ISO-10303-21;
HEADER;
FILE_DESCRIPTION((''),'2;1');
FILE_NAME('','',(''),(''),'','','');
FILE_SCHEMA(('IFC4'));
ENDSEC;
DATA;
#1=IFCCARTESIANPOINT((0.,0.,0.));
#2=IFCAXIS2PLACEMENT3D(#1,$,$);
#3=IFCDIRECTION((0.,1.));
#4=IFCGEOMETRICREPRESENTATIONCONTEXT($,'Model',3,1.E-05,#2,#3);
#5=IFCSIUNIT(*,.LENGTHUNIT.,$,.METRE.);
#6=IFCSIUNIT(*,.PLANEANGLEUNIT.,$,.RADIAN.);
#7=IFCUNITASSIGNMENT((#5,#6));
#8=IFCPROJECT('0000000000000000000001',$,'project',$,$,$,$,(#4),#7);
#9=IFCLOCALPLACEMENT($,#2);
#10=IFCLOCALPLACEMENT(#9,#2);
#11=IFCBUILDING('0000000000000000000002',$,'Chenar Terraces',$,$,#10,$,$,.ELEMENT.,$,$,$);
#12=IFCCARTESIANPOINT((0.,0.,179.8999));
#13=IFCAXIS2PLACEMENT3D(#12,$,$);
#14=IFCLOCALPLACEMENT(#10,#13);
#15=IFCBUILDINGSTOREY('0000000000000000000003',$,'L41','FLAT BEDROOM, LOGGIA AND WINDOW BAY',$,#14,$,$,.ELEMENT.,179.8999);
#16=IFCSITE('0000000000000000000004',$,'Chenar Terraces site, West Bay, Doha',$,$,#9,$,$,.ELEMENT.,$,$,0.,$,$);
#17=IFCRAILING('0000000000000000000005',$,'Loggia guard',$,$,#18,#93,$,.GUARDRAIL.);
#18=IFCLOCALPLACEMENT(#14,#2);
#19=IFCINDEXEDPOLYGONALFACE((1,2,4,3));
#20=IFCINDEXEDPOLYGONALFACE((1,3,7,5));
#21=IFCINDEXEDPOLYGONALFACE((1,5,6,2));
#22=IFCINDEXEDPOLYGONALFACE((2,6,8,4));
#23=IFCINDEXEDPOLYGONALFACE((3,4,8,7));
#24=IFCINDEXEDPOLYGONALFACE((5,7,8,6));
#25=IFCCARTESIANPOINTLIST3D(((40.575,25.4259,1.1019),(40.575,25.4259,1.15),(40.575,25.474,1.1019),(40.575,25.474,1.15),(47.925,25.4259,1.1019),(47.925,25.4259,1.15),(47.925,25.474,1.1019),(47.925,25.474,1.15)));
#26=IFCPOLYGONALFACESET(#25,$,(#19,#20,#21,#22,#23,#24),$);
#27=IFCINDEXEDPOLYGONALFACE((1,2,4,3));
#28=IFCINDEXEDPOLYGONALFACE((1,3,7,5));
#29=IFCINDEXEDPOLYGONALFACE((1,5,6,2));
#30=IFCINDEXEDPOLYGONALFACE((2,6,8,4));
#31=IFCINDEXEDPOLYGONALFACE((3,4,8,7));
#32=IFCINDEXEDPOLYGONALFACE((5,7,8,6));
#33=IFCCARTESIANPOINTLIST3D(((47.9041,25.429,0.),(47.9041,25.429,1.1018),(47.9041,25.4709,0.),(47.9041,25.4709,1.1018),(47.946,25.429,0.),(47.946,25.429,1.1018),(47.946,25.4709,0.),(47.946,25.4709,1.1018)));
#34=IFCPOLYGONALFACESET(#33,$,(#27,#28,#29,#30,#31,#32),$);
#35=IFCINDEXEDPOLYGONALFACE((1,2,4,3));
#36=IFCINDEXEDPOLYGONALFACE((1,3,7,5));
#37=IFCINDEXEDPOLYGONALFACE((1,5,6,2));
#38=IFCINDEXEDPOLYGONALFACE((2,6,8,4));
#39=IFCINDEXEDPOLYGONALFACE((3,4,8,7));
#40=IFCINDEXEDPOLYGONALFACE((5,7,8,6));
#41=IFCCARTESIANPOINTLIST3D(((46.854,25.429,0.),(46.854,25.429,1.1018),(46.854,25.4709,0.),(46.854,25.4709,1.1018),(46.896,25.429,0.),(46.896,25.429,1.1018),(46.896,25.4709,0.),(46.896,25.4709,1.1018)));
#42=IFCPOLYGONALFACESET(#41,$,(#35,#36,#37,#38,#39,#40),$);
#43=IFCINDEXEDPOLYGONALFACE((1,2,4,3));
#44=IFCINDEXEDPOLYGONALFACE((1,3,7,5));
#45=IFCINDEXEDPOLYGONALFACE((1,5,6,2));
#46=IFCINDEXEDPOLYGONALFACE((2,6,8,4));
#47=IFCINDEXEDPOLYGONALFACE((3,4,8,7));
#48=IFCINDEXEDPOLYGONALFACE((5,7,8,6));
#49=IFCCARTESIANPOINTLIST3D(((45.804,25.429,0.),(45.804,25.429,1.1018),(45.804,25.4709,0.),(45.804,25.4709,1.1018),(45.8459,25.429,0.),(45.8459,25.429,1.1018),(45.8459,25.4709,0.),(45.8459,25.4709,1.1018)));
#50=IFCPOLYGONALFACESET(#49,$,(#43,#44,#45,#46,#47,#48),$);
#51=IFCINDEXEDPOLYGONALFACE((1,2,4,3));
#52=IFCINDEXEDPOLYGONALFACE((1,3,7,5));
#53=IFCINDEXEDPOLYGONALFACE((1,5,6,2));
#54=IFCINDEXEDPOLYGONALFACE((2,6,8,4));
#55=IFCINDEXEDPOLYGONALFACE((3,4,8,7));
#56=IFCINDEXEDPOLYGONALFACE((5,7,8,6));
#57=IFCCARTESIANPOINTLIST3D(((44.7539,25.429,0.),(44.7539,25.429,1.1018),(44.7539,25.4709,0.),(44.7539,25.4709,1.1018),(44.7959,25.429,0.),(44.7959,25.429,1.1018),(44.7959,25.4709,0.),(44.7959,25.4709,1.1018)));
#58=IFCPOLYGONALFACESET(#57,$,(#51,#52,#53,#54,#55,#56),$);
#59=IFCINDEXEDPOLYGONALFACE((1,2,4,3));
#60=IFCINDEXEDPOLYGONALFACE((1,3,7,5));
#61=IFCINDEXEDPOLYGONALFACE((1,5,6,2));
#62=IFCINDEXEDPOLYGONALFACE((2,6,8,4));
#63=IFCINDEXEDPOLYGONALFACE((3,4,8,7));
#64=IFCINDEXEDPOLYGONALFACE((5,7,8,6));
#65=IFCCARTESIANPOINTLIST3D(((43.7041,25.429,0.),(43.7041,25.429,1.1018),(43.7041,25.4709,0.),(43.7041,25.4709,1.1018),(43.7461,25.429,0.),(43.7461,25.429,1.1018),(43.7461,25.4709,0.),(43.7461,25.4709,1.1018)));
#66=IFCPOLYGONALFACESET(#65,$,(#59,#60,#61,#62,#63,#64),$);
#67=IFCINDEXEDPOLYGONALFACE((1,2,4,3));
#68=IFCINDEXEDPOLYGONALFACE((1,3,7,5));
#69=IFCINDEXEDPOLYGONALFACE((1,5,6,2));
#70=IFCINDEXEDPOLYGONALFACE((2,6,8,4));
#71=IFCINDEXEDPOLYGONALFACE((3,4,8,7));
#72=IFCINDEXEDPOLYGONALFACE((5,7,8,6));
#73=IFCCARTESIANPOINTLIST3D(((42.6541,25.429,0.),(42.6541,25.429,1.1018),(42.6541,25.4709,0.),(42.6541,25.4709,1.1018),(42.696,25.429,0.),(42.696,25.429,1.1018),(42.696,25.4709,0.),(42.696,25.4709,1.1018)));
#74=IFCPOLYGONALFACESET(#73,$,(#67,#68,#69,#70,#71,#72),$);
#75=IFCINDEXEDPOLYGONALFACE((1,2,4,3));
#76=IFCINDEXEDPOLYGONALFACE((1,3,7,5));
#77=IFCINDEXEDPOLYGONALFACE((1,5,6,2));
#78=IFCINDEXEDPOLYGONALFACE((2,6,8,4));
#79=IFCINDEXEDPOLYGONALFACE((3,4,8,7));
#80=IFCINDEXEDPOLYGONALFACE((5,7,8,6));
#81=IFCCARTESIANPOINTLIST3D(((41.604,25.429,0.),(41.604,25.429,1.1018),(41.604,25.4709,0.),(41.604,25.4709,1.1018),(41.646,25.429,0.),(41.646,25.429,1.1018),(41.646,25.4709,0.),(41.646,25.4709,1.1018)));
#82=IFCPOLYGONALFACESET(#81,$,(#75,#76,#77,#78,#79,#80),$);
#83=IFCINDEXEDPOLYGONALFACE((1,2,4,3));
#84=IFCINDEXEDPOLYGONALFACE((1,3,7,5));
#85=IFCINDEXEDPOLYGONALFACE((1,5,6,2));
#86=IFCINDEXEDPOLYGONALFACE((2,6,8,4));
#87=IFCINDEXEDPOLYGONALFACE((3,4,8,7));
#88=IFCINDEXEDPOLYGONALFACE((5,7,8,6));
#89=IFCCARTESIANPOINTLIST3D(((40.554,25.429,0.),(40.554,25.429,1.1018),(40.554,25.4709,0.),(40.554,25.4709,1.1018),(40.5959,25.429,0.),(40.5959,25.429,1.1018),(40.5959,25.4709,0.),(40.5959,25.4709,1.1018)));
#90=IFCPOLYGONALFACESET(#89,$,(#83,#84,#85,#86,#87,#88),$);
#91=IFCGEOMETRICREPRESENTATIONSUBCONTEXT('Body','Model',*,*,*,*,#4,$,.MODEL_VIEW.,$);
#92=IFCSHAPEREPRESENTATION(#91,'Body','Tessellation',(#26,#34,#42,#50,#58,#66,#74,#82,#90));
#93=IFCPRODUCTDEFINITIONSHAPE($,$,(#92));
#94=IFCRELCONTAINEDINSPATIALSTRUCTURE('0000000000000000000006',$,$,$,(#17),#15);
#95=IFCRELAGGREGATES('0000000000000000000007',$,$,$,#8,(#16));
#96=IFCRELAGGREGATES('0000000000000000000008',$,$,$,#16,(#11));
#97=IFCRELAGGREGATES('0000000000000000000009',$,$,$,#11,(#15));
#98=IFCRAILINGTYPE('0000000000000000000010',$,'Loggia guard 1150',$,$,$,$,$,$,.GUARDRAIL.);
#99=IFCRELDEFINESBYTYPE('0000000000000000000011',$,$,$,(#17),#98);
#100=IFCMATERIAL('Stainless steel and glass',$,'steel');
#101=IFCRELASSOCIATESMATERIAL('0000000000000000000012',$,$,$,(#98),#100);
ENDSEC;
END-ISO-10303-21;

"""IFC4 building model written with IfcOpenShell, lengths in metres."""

from ifc_helpers import new_model, si_unit, direction, frame, origin, origin_2d, place, context, subcontext, project, spatial, rectangle, extrude, material, type_object, element, save


model = new_model("IFC4")

# Units and contexts
model_context = context("Model", 3, precision=1e-05, world=origin(), true_north=direction((0.0, 1.0)))
body_context = subcontext(model_context, "Body", "Model", "MODEL_VIEW")
ifc_project = project(units=[si_unit("LENGTHUNIT", "METRE"), si_unit("PLANEANGLEUNIT", "RADIAN")], contexts=[model_context])

# Site, building, storey
site_placement = place(None, origin())
site = spatial("IfcSite", under=ifc_project, at=site_placement, Name="Chenar Terraces site, West Bay, Doha", CompositionType="ELEMENT", RefElevation=0.0)
building_placement = place(site_placement, origin())
building = spatial("IfcBuilding", under=site, at=building_placement, Name="Chenar Terraces", CompositionType="ELEMENT")
storey_placement = place(building_placement, frame((0.0, 0.0, 179.8999)))
storey = spatial("IfcBuildingStorey", under=building, at=storey_placement, Name="L41", Description="FLAT BEDROOM, LOGGIA AND WINDOW BAY", CompositionType="ELEMENT", Elevation=179.8999)

# Railing
ifc_material_1 = material(Name="Stainless steel and glass", Category="steel")
railing_type_1 = type_object("IfcRailingType", Name="Loggia guard 1150", PredefinedType="GUARDRAIL", material=ifc_material_1)
railing_1_placement = place(storey_placement, frame((47.925, 25.45, 0.0)))
element("IfcRailing", 1, at=railing_1_placement, inside=storey, type_object=railing_type_1, Name="Loggia guard", PredefinedType="GUARDRAIL", context=body_context, shape_type="SweptSolid", body=[
    extrude(rectangle(XDim=0.0481, YDim=0.0481, at=origin_2d()), frame((0.0, 0.0, 1.126), z_axis=(-1.0, 0.0, 0.0), x_axis=(0.0, -1.0, 0.0)), (0.0, 0.0, 1.0), 7.3501),
    extrude(rectangle(XDim=0.042, YDim=0.042, at=origin_2d()), origin(), (0.0, 0.0, 1.0), 1.1018),
    extrude(rectangle(XDim=0.042, YDim=0.042, at=origin_2d()), frame((-1.05, 0.0, 0.0)), (0.0, 0.0, 1.0), 1.1018),
    extrude(rectangle(XDim=0.042, YDim=0.042, at=origin_2d()), frame((-2.1001, 0.0, 0.0)), (0.0, 0.0, 1.0), 1.1018),
    extrude(rectangle(XDim=0.042, YDim=0.042, at=origin_2d()), frame((-3.1501, 0.0, 0.0)), (0.0, 0.0, 1.0), 1.1018),
    extrude(rectangle(XDim=0.042, YDim=0.042, at=origin_2d()), frame((-4.2, 0.0, 0.0)), (0.0, 0.0, 1.0), 1.1018),
    extrude(rectangle(XDim=0.042, YDim=0.042, at=origin_2d()), frame((-5.25, 0.0, 0.0)), (0.0, 0.0, 1.0), 1.1018),
    extrude(rectangle(XDim=0.042, YDim=0.042, at=origin_2d()), frame((-6.3, 0.0, 0.0)), (0.0, 0.0, 1.0), 1.1018),
    extrude(rectangle(XDim=0.042, YDim=0.042, at=origin_2d()), frame((-7.3501, 0.0, 0.0)), (0.0, 0.0, 1.0), 1.1018),
])

save(model, "model.ifc")
